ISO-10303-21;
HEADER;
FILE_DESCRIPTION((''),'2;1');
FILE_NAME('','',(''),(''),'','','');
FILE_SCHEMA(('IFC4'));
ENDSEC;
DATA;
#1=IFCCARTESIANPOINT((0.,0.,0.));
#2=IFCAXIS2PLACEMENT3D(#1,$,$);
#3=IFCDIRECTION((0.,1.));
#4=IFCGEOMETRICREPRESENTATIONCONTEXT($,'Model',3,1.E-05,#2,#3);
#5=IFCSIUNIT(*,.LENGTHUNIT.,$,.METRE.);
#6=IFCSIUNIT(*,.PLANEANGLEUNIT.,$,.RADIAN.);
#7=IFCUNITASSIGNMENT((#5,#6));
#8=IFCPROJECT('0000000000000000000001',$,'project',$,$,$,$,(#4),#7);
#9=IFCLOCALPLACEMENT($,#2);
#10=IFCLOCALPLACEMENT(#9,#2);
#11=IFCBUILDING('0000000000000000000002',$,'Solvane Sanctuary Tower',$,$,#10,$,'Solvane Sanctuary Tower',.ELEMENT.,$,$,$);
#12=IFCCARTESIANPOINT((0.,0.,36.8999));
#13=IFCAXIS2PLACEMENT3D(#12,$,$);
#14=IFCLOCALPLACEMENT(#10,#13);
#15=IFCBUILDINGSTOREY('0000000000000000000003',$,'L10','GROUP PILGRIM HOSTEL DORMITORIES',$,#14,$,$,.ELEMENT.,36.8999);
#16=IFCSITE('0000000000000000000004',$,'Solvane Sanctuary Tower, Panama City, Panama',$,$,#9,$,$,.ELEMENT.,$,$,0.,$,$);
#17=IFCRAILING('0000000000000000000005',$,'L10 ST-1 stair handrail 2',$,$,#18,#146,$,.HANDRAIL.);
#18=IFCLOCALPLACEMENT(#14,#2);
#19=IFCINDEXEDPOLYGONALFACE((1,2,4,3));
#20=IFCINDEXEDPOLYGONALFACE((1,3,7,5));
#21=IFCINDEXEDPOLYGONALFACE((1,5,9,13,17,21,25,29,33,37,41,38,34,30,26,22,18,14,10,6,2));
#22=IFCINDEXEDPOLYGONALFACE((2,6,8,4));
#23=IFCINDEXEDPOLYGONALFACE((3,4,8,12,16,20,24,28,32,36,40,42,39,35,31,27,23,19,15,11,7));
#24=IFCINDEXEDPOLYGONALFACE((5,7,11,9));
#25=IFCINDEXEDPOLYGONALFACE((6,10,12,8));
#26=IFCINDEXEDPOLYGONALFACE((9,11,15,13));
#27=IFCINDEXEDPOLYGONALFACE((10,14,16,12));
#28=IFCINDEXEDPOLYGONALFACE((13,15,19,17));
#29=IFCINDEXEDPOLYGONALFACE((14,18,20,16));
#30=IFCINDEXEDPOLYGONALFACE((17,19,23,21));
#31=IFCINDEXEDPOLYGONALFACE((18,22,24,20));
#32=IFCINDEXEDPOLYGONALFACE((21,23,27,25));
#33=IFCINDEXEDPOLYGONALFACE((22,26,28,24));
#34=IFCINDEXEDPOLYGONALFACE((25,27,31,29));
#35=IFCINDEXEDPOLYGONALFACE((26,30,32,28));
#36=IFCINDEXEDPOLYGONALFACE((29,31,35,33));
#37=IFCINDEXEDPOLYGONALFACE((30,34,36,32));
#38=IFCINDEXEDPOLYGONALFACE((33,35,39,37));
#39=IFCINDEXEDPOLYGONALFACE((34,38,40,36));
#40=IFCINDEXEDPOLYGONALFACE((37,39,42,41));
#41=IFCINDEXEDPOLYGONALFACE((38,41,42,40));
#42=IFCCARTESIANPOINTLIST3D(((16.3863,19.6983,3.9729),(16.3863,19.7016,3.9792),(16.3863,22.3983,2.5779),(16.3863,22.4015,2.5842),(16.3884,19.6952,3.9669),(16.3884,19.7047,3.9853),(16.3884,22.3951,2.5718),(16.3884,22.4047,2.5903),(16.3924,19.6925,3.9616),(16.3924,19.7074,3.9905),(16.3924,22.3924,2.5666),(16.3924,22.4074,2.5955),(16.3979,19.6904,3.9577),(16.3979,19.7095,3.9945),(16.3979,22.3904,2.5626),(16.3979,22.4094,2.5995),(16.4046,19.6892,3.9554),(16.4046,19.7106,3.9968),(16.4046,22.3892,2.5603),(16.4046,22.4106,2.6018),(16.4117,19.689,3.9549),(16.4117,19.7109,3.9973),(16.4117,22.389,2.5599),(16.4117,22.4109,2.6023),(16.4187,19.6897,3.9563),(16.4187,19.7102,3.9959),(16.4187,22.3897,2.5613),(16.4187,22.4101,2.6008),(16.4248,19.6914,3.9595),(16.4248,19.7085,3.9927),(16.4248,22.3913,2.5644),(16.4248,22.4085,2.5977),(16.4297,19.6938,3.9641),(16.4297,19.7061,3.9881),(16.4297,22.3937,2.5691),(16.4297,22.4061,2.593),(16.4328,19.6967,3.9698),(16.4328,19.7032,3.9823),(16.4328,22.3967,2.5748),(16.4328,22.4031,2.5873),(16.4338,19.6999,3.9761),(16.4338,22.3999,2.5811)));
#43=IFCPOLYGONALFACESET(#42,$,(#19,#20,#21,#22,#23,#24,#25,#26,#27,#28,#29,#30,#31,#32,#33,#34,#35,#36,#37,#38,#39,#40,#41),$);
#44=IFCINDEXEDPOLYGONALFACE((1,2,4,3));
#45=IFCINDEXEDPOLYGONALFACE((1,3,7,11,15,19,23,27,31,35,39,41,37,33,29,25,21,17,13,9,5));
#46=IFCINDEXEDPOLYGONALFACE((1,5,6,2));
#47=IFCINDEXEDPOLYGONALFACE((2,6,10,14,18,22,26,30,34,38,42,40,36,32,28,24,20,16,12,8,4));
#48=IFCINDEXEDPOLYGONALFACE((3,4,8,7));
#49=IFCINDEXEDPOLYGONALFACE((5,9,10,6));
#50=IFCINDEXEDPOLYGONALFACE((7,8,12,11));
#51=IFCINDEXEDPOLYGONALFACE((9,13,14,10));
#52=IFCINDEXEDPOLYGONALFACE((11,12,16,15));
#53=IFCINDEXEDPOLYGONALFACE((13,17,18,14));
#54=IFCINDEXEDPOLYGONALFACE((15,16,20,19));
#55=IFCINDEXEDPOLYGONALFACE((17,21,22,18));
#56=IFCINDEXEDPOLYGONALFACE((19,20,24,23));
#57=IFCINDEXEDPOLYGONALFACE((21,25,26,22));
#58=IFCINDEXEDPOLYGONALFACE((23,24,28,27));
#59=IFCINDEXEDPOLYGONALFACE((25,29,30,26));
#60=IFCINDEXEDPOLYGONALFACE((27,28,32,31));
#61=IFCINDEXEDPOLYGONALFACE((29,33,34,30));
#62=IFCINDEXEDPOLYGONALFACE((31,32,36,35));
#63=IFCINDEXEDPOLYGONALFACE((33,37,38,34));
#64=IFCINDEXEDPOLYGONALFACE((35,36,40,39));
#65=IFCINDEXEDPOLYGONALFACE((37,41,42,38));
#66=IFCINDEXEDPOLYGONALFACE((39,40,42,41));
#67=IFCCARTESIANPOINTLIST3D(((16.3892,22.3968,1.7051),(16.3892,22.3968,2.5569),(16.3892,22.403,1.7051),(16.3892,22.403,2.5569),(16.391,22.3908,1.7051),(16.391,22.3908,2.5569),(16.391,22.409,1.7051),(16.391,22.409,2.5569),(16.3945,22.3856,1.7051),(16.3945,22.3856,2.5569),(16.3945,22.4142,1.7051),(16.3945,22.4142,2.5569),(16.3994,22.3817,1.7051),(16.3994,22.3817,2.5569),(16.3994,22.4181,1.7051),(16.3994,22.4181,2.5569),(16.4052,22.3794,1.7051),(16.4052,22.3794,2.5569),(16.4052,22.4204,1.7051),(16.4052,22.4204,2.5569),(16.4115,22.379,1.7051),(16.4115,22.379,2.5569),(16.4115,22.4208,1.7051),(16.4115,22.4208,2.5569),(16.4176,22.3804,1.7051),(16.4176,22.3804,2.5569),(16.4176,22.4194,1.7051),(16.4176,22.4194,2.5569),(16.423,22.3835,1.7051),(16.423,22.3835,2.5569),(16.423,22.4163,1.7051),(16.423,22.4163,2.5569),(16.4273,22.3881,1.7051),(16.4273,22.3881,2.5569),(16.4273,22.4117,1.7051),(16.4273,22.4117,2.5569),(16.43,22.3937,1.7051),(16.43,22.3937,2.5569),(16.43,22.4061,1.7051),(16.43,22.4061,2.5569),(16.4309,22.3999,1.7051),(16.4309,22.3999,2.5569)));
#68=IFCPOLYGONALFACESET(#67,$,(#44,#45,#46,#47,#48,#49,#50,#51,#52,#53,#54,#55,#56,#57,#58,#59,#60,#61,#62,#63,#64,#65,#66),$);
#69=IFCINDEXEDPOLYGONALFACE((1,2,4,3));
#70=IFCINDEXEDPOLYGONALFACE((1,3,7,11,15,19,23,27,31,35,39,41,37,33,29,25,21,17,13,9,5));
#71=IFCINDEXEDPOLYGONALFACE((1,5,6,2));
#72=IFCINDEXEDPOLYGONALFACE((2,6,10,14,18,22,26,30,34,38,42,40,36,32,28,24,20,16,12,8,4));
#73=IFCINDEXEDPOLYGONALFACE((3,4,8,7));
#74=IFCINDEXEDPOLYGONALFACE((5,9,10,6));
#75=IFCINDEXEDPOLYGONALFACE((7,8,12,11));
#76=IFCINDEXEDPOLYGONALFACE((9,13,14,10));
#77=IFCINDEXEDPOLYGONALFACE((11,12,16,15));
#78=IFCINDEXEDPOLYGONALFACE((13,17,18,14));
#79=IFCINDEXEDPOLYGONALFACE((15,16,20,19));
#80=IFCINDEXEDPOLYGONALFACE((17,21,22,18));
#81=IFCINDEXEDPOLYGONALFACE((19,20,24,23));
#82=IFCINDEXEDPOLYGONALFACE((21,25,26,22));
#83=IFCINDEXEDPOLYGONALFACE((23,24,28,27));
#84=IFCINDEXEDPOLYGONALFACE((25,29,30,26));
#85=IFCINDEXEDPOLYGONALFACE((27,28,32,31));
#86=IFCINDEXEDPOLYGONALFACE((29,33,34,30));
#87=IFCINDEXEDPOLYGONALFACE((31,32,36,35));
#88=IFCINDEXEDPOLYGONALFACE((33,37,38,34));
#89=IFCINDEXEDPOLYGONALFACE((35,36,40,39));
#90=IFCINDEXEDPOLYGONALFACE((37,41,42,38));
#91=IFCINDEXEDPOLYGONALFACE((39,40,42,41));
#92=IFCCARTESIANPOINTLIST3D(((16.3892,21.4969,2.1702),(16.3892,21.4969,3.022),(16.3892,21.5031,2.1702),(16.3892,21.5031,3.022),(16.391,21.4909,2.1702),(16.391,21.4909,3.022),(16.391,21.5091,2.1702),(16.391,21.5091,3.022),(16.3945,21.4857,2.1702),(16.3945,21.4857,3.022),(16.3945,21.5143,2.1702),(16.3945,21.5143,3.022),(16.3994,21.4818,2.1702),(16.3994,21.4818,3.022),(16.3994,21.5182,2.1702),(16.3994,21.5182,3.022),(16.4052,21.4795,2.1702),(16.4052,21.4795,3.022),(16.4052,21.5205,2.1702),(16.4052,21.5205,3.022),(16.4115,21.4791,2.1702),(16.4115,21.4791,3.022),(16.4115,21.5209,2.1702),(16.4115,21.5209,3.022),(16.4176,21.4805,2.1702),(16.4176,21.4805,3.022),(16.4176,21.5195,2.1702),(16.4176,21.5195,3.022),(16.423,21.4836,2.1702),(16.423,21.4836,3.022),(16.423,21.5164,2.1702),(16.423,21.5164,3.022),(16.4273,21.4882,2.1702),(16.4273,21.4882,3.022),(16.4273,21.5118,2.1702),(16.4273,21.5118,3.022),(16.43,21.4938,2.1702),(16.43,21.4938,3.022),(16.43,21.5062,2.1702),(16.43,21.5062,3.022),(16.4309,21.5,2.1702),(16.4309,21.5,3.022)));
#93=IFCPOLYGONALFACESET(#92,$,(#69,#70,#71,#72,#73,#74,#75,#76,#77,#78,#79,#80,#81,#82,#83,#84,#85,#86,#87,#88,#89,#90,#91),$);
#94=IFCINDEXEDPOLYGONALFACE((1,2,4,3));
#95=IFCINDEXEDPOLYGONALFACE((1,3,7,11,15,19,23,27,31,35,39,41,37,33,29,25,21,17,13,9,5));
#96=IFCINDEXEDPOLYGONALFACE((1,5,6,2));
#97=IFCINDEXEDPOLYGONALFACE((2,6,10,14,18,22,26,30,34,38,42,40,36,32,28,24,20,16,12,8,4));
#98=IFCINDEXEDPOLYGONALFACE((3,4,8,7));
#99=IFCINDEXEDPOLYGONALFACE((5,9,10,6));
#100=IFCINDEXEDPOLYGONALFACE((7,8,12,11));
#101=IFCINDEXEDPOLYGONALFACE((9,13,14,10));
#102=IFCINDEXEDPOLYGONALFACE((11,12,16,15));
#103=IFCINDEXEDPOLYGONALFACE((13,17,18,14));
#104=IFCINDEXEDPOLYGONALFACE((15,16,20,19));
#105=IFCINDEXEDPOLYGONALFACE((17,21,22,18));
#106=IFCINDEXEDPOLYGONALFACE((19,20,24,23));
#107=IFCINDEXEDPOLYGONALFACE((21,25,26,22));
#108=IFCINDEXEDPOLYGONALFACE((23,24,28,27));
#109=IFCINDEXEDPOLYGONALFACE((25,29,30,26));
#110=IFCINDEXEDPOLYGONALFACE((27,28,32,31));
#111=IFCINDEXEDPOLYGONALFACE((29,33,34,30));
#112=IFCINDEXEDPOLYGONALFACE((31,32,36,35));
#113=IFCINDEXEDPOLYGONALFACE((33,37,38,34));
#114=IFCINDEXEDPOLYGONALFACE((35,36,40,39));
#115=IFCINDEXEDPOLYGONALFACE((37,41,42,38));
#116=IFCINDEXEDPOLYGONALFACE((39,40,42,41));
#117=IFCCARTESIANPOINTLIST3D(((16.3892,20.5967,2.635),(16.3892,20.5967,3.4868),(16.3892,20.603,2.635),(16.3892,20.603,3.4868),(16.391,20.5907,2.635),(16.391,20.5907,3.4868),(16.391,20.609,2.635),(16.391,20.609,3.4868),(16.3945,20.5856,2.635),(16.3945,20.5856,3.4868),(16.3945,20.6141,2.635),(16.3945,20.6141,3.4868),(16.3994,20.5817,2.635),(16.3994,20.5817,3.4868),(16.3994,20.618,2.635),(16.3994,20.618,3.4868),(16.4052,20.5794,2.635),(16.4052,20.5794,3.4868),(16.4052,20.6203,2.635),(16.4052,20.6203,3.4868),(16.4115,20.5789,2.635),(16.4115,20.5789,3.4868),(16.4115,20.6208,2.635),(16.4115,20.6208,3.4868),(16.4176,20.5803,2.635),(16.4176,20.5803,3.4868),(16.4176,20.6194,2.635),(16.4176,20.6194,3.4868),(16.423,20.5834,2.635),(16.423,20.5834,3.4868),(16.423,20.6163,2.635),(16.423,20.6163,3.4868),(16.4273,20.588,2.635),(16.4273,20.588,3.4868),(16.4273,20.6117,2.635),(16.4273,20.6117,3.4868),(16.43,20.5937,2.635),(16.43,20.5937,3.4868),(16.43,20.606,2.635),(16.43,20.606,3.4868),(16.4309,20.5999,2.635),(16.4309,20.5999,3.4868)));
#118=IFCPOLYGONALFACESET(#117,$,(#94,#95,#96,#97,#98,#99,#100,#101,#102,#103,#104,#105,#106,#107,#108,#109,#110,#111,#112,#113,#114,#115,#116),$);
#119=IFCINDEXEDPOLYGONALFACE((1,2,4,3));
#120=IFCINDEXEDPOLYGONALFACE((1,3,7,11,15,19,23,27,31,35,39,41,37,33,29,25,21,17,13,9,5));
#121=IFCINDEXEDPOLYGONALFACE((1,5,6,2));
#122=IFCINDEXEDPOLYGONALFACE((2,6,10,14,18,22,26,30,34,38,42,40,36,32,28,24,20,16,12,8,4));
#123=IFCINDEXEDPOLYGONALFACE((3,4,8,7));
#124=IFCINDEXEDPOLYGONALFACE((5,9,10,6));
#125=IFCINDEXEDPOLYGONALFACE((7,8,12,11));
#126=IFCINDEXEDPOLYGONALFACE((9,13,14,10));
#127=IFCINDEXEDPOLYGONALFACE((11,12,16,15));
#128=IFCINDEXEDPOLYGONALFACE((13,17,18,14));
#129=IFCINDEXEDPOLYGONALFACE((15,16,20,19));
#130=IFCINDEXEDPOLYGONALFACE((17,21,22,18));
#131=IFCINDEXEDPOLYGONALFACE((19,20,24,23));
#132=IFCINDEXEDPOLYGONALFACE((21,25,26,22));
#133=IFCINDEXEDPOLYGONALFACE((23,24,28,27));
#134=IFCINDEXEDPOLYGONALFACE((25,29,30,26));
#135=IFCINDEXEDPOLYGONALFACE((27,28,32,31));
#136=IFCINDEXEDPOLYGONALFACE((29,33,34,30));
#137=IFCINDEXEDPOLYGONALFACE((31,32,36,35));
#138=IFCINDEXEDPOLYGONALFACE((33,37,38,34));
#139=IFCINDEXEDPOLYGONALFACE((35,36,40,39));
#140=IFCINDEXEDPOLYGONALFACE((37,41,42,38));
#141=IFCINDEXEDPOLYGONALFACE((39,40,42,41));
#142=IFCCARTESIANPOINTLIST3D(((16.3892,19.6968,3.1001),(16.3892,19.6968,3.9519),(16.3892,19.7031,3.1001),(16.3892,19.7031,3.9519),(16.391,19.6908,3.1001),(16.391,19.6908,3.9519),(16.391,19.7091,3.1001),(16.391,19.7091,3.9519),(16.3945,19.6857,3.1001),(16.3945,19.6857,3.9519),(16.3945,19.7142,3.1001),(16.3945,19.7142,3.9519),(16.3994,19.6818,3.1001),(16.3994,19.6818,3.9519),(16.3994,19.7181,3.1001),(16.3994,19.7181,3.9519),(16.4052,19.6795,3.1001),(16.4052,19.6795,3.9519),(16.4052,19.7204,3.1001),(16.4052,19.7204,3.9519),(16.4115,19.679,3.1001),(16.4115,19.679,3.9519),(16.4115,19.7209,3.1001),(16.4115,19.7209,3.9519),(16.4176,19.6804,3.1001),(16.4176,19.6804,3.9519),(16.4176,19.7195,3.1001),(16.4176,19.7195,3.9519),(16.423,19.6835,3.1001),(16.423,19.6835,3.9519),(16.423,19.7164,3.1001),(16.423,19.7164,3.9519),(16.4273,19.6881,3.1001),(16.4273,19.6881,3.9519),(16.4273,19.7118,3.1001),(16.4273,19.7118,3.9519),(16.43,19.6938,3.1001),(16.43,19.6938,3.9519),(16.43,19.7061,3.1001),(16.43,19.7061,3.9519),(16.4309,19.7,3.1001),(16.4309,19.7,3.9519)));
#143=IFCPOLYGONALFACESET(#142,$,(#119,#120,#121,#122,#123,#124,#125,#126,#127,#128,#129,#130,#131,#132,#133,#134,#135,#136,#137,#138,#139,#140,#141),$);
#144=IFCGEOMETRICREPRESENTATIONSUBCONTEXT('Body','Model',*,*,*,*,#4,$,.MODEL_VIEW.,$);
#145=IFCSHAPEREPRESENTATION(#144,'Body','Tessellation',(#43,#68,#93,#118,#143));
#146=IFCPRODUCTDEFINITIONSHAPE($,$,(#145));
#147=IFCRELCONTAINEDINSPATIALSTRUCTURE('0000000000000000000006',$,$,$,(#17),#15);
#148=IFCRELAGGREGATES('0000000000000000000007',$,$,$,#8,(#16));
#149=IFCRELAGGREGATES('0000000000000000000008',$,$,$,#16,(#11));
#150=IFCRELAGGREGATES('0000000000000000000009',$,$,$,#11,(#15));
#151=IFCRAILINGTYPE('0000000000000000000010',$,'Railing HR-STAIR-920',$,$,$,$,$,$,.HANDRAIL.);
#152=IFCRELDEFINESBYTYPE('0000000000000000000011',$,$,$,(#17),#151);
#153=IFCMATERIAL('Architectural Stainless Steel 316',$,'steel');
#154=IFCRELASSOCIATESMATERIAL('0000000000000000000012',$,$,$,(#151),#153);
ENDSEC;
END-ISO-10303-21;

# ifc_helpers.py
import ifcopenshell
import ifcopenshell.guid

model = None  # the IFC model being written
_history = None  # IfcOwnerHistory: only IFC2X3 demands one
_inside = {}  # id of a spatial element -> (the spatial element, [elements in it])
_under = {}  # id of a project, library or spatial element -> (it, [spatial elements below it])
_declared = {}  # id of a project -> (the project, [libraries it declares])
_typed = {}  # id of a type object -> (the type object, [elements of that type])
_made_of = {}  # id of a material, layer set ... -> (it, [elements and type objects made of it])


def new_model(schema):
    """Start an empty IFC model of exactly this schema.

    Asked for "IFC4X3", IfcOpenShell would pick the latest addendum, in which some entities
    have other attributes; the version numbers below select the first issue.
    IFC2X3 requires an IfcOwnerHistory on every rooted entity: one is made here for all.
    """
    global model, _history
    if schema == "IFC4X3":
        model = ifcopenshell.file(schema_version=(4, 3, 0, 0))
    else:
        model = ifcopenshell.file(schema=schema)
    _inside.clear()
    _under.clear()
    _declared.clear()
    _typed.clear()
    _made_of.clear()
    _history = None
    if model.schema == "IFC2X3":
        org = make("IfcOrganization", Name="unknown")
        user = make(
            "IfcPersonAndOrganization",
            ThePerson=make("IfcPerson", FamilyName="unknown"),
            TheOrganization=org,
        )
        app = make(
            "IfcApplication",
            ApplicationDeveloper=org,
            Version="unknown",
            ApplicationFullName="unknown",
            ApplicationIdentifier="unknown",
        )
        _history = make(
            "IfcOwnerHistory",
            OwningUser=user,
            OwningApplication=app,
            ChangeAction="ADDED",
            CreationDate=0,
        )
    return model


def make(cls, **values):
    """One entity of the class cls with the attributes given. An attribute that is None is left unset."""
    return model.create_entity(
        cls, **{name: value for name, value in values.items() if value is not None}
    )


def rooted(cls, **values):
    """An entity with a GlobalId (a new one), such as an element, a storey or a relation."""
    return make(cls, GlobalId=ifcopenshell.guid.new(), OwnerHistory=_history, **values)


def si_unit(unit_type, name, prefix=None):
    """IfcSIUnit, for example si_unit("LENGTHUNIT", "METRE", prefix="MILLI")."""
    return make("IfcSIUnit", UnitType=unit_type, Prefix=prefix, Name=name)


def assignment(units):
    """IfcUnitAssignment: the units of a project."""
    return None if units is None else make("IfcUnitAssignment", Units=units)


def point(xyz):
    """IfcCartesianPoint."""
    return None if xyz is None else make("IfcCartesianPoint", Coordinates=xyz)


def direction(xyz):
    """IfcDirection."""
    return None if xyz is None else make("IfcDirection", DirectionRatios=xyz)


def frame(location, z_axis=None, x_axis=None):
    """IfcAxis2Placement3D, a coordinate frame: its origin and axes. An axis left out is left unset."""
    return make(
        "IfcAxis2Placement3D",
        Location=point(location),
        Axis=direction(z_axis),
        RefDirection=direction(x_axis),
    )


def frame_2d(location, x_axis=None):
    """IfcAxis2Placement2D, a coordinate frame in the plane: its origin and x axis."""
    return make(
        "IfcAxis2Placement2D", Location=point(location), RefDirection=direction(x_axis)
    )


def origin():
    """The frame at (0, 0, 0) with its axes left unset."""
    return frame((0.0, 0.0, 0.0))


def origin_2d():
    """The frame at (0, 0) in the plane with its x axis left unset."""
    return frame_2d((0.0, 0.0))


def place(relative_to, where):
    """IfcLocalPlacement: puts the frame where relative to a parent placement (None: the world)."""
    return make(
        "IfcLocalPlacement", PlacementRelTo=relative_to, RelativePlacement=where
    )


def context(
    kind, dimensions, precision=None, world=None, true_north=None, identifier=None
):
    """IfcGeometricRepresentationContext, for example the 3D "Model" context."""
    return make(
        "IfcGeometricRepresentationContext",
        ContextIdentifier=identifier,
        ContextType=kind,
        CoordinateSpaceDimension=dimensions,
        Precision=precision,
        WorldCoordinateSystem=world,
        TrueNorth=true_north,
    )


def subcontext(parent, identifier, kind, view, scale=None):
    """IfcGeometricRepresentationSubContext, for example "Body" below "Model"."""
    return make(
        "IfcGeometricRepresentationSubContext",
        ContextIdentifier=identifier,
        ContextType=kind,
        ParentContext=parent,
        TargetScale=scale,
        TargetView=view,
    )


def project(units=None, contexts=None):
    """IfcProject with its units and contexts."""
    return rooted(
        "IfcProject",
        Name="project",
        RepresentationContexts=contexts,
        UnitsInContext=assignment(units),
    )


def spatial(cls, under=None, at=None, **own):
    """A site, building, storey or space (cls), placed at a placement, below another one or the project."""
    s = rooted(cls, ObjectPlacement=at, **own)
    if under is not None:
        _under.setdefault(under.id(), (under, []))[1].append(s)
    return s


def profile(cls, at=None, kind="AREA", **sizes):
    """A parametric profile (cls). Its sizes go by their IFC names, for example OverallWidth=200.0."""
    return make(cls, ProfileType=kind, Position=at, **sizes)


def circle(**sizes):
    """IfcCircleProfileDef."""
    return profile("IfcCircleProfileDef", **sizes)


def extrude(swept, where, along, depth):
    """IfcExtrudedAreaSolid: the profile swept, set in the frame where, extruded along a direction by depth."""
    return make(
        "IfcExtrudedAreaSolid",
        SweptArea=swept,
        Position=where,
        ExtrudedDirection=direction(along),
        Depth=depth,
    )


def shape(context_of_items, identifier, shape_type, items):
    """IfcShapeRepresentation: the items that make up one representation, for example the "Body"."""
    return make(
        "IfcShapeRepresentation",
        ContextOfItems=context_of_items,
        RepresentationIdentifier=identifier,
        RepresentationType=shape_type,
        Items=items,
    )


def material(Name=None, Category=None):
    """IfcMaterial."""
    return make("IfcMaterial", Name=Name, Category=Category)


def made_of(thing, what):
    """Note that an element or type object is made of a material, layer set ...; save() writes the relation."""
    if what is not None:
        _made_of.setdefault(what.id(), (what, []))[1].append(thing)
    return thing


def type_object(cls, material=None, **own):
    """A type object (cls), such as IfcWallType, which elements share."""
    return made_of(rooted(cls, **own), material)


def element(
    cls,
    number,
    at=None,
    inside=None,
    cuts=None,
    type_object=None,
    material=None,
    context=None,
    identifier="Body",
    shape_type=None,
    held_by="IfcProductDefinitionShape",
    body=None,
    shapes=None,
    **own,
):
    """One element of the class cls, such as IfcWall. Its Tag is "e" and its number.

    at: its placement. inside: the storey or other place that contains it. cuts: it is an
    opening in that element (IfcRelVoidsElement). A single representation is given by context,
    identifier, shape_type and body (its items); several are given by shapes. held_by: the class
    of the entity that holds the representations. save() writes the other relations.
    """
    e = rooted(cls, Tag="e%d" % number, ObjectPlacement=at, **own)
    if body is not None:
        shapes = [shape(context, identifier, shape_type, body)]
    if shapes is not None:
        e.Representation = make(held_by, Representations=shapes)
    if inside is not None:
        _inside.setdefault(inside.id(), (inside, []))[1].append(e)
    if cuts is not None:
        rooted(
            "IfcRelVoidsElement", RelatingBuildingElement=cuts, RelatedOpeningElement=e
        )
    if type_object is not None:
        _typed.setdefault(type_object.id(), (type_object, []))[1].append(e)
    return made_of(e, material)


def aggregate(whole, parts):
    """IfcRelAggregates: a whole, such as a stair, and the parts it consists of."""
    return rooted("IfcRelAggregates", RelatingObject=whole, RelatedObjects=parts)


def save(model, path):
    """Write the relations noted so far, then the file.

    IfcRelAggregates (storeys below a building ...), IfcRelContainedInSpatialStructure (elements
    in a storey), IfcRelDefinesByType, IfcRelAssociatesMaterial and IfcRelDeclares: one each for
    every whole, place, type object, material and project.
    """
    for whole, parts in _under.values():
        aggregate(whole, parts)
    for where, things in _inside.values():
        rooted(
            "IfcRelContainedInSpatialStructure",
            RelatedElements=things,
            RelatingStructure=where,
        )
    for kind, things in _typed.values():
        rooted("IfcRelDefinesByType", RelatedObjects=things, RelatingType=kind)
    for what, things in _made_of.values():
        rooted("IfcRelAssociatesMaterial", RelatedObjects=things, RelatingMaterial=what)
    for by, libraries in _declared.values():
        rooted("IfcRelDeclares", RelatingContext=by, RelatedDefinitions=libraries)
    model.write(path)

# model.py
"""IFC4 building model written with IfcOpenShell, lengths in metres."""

from ifc_helpers import new_model, si_unit, direction, frame, origin, origin_2d, place, context, subcontext, project, spatial, circle, extrude, material, type_object, element, save


model = new_model("IFC4")

# Units and contexts
model_context = context("Model", 3, precision=1e-05, world=origin(), true_north=direction((0.0, 1.0)))
body_context = subcontext(model_context, "Body", "Model", "MODEL_VIEW")
ifc_project = project(units=[si_unit("LENGTHUNIT", "METRE"), si_unit("PLANEANGLEUNIT", "RADIAN")], contexts=[model_context])

# Site, building, storey
site_placement = place(None, origin())
site = spatial("IfcSite", under=ifc_project, at=site_placement, Name="Solvane Sanctuary Tower, Panama City, Panama", CompositionType="ELEMENT", RefElevation=0.0)
building_placement = place(site_placement, origin())
building = spatial("IfcBuilding", under=site, at=building_placement, Name="Solvane Sanctuary Tower", LongName="Solvane Sanctuary Tower", CompositionType="ELEMENT")
storey_placement = place(building_placement, frame((0.0, 0.0, 36.8999)))
storey = spatial("IfcBuildingStorey", under=building, at=storey_placement, Name="L10", Description="GROUP PILGRIM HOSTEL DORMITORIES", CompositionType="ELEMENT", Elevation=36.8999)

# Railing
ifc_material_1 = material(Name="Architectural Stainless Steel 316", Category="steel")
railing_type_1 = type_object("IfcRailingType", Name="Railing HR-STAIR-920", PredefinedType="HANDRAIL", material=ifc_material_1)
railing_1_placement = place(storey_placement, frame((16.4099, 22.3999, 1.7051)))
element("IfcRailing", 1, at=railing_1_placement, inside=storey, type_object=railing_type_1, Name="L10 ST-1 stair handrail 2", PredefinedType="HANDRAIL", context=body_context, shape_type="SweptSolid", body=[
    extrude(circle(Radius=0.0239, at=origin_2d()), frame((0.0, 0.0, 0.876), z_axis=(0.0, -0.88842, 0.459032), x_axis=(1.0, 0.0, 0.0)), (0.0, 0.0, 1.0), 3.0391),
    extrude(circle(Radius=0.021, at=origin_2d()), origin(), (0.0, 0.0, 1.0), 0.8518),
    extrude(circle(Radius=0.021, at=origin_2d()), frame((0.0, -0.8999, 0.4651)), (0.0, 0.0, 1.0), 0.8518),
    extrude(circle(Radius=0.021, at=origin_2d()), frame((0.0, -1.8, 0.9299)), (0.0, 0.0, 1.0), 0.8518),
    extrude(circle(Radius=0.021, at=origin_2d()), frame((0.0, -2.7, 1.395)), (0.0, 0.0, 1.0), 0.8518),
])

save(model, "model.ifc")
